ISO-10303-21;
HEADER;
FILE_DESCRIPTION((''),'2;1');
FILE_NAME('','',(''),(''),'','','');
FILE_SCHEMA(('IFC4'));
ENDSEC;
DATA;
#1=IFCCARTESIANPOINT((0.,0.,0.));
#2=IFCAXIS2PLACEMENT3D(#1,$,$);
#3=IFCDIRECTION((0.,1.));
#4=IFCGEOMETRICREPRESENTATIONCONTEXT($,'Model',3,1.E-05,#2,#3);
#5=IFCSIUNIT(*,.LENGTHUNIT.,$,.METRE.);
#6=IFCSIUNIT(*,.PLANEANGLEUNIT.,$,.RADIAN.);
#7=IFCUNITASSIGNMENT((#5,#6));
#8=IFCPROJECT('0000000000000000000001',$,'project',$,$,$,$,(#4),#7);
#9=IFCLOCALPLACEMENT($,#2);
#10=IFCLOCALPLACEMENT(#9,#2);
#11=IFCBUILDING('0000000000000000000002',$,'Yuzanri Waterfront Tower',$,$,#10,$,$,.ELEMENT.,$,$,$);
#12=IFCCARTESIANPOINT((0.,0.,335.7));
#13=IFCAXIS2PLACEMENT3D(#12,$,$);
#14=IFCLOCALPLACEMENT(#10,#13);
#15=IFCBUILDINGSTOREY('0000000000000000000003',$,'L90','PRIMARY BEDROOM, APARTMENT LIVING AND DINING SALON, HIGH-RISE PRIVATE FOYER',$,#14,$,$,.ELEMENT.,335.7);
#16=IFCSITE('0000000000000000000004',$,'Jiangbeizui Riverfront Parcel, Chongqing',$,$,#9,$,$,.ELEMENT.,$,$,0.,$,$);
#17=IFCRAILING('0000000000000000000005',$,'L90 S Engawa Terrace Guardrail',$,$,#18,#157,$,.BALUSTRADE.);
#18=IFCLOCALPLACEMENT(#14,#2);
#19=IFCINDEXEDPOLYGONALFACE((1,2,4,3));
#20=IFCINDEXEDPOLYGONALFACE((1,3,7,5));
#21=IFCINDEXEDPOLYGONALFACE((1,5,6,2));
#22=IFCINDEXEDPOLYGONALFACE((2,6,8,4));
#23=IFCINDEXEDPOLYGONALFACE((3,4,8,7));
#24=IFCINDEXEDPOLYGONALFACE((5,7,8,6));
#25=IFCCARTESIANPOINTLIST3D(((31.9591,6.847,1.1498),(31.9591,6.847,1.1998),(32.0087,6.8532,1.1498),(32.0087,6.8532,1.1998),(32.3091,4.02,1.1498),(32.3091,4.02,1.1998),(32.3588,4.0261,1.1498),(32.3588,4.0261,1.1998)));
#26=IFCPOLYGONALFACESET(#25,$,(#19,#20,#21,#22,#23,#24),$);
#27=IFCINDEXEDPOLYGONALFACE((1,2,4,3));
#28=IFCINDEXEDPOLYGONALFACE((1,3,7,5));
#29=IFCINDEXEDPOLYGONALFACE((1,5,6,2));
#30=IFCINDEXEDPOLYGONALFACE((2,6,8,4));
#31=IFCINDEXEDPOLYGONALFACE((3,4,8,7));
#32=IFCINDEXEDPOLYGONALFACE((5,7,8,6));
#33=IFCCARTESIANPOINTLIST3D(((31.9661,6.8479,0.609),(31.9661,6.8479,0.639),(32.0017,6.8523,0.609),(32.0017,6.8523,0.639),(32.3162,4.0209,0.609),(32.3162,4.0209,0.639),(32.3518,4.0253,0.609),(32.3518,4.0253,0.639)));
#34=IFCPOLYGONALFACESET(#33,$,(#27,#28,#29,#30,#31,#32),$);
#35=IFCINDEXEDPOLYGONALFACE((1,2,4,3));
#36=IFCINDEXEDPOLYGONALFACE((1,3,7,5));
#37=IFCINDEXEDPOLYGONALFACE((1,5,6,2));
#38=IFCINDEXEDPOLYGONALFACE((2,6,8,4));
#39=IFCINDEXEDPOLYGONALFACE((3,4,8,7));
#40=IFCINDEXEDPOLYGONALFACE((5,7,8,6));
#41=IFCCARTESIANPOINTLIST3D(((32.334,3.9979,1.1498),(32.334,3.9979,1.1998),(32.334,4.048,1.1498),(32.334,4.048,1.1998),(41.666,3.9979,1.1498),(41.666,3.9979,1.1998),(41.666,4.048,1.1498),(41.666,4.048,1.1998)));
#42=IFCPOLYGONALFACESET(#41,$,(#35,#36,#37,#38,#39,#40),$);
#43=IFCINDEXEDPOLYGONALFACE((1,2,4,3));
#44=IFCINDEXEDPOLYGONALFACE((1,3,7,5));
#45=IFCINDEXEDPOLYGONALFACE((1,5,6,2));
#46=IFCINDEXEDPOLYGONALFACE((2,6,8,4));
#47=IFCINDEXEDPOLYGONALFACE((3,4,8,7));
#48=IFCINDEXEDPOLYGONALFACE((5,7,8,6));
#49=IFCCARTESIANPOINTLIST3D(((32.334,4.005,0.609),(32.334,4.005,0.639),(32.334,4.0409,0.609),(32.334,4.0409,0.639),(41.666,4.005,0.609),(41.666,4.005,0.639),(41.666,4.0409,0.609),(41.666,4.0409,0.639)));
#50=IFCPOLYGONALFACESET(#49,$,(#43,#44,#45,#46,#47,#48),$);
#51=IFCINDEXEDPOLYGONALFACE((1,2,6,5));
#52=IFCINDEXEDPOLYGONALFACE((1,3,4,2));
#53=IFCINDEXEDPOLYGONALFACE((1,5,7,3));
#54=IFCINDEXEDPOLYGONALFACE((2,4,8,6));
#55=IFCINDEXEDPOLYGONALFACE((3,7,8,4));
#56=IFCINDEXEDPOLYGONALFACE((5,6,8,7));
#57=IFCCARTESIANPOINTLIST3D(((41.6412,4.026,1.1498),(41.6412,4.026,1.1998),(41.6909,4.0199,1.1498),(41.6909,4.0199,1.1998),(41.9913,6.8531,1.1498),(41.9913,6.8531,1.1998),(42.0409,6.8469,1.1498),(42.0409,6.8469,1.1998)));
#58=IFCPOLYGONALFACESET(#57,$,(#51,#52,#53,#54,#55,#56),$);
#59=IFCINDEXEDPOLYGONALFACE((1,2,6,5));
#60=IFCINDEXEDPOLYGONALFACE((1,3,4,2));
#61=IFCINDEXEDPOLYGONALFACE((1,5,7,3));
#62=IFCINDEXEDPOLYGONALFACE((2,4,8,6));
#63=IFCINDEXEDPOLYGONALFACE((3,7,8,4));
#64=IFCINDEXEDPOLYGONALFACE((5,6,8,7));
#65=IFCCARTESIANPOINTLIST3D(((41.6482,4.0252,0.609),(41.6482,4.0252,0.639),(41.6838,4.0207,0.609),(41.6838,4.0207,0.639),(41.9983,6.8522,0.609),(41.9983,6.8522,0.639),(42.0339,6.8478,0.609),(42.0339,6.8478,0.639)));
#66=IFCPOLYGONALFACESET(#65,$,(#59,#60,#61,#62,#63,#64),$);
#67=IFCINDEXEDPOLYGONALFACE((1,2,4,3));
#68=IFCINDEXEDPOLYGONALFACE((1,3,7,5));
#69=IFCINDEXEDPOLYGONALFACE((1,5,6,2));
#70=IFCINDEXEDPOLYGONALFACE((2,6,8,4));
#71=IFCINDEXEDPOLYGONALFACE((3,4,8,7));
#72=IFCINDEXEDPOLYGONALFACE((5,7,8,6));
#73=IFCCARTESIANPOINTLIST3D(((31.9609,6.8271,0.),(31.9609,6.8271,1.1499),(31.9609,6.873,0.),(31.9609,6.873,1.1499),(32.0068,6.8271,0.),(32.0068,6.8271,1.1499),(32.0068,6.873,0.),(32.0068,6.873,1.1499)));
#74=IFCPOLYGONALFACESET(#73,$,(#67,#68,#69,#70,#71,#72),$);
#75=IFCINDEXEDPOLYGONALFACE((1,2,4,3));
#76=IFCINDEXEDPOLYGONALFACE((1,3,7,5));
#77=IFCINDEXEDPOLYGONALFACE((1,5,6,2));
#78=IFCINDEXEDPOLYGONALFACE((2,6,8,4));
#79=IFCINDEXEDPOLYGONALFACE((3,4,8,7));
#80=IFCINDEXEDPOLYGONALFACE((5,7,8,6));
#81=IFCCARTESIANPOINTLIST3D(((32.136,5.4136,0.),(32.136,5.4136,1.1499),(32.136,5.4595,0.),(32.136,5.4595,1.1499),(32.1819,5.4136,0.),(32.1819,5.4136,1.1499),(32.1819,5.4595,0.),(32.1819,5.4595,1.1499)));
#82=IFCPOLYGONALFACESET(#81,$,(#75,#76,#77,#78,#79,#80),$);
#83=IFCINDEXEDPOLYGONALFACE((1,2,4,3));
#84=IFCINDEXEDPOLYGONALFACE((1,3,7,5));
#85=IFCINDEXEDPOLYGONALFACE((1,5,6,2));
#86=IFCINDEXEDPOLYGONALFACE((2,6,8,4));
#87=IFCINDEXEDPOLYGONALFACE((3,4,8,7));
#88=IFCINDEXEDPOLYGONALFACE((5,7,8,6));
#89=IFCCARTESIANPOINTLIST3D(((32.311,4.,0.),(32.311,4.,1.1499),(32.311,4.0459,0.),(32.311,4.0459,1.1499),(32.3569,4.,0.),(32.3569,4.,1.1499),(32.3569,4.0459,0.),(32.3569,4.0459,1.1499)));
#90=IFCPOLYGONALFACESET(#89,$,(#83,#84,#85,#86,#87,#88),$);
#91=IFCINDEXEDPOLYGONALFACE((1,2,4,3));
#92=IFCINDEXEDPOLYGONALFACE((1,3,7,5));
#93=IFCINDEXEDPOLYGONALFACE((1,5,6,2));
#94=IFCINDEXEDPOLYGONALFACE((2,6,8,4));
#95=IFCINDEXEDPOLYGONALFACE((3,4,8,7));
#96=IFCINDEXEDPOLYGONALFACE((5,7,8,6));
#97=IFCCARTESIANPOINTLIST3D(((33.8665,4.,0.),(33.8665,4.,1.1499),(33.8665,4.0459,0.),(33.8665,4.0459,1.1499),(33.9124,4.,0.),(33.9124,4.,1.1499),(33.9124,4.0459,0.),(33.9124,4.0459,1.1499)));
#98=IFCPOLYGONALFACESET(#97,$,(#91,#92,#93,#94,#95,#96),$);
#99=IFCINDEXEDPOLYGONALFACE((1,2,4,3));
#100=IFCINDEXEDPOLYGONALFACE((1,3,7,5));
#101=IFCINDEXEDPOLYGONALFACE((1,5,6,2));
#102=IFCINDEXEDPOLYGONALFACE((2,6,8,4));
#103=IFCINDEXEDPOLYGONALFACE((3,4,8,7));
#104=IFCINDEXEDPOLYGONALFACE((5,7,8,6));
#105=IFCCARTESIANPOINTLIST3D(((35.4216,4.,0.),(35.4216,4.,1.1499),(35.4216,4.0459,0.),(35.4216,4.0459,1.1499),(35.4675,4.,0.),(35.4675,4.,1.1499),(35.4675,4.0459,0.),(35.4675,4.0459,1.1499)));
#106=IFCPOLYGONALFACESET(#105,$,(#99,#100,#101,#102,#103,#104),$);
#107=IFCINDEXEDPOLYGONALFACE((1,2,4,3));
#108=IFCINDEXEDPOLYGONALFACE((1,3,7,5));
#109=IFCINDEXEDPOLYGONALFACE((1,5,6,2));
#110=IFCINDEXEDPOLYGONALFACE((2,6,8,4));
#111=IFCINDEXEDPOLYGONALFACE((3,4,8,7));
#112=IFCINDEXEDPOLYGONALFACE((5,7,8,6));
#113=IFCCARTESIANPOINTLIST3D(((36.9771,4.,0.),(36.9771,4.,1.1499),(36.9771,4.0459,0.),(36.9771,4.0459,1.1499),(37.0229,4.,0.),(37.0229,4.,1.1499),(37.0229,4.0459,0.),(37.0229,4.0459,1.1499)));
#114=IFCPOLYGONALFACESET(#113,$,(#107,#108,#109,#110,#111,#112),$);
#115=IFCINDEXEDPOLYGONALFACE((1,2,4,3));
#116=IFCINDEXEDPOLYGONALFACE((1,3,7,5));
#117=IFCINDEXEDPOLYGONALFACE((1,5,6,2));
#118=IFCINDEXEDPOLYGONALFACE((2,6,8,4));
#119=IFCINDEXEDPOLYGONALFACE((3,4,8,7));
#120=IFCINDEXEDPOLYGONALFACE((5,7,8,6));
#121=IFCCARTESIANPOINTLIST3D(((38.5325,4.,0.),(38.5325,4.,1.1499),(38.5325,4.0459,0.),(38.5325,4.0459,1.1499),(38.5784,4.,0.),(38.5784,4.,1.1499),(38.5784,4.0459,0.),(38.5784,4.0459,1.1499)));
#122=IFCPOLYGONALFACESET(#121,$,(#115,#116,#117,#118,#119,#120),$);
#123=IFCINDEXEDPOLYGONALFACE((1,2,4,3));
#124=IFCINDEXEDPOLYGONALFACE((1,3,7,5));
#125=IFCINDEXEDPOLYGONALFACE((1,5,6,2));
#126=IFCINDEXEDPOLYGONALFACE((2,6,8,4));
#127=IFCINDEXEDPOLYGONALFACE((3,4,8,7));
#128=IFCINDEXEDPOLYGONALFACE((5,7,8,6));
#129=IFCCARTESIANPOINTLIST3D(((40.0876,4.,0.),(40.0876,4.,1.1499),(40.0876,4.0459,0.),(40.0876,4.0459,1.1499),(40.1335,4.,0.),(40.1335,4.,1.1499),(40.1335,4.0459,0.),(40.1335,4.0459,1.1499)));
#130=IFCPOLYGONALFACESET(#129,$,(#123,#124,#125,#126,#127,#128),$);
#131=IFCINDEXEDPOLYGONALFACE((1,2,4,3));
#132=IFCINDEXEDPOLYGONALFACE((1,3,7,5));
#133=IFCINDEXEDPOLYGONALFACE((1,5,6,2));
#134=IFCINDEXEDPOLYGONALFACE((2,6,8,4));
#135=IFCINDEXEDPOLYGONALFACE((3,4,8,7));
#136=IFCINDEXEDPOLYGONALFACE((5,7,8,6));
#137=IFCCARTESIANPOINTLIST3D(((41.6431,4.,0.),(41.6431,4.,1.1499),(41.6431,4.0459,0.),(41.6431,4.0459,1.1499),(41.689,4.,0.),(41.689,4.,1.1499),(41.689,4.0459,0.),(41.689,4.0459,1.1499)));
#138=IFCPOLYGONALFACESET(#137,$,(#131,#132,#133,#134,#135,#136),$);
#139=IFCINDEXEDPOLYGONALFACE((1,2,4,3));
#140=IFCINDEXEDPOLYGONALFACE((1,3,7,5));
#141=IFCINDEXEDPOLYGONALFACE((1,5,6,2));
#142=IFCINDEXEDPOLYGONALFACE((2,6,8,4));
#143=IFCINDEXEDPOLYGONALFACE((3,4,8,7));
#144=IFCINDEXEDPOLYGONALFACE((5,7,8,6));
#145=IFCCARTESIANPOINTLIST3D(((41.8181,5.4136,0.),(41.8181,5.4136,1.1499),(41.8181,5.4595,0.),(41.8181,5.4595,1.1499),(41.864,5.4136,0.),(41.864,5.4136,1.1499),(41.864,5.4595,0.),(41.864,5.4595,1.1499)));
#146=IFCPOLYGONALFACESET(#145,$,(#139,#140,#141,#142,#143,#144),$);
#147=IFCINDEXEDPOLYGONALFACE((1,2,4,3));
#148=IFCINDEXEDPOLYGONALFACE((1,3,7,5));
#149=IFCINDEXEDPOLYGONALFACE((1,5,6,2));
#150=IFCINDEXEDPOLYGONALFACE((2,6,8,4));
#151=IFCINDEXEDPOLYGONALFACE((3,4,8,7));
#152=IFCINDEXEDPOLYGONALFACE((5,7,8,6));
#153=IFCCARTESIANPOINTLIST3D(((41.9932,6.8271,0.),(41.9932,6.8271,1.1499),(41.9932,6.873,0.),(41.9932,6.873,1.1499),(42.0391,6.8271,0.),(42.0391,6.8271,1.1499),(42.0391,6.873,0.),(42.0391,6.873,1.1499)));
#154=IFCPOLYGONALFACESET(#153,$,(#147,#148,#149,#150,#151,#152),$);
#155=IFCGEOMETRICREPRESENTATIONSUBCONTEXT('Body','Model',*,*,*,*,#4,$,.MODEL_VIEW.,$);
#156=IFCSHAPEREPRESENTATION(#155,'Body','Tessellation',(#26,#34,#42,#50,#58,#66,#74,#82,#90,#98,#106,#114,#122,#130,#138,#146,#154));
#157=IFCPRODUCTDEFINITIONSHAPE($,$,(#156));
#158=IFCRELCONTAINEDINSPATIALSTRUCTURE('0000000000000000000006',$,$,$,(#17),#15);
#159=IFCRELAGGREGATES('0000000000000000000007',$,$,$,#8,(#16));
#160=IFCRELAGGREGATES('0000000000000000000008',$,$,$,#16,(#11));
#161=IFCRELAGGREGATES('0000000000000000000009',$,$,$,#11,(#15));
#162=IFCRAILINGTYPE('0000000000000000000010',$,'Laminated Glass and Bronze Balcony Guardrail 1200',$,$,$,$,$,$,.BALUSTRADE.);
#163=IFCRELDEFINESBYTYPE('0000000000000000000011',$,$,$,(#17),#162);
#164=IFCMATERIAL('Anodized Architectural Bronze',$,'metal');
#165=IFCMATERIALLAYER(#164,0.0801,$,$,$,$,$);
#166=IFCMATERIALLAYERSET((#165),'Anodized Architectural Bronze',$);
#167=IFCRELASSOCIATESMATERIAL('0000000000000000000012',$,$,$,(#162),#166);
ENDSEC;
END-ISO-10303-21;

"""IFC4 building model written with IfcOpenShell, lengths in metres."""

from ifc_helpers import new_model, si_unit, direction, frame, origin, origin_2d, place, context, subcontext, project, spatial, rectangle, extrude, source, transform, mapped, material, layer, layer_set, type_object, element, save


model = new_model("IFC4")

# Units and contexts
model_context = context("Model", 3, precision=1e-05, world=origin(), true_north=direction((0.0, 1.0)))
body_context = subcontext(model_context, "Body", "Model", "MODEL_VIEW")
ifc_project = project(units=[si_unit("LENGTHUNIT", "METRE"), si_unit("PLANEANGLEUNIT", "RADIAN")], contexts=[model_context])

# Site, building, storey
site_placement = place(None, origin())
site = spatial("IfcSite", under=ifc_project, at=site_placement, Name="Jiangbeizui Riverfront Parcel, Chongqing", CompositionType="ELEMENT", RefElevation=0.0)
building_placement = place(site_placement, origin())
building = spatial("IfcBuilding", under=site, at=building_placement, Name="Yuzanri Waterfront Tower", CompositionType="ELEMENT")
storey_placement = place(building_placement, frame((0.0, 0.0, 335.7)))
storey = spatial("IfcBuildingStorey", under=building, at=storey_placement, Name="L90", Description="PRIMARY BEDROOM, APARTMENT LIVING AND DINING SALON, HIGH-RISE PRIVATE FOYER", CompositionType="ELEMENT", Elevation=335.7)

# Railing
ifc_material_1 = material(Name="Anodized Architectural Bronze", Category="metal")
ifc_layer_1 = layer(ifc_material_1, 0.0801)
ifc_layer_set_1 = layer_set([ifc_layer_1], Name="Anodized Architectural Bronze")
railing_type = type_object("IfcRailingType", Name="Laminated Glass and Bronze Balcony Guardrail 1200", PredefinedType="BALUSTRADE", material=ifc_layer_set_1)
shared_shape_1 = source(origin(), body_context, "Body", "SweptSolid", [
    extrude(rectangle(XDim=0.05, YDim=0.05, at=origin_2d()), frame((0.0, 0.0, 1.1748), z_axis=(0.122895, -0.99242, 0.0), x_axis=(0.99242, 0.122895, 0.0)), (0.0, 0.0, 1.0), 2.8486),
    extrude(rectangle(XDim=0.0359, YDim=0.03, at=origin_2d()), frame((0.0, 0.0, 0.624), z_axis=(0.122895, -0.99242, 0.0), x_axis=(0.99242, 0.122895, 0.0)), (0.0, 0.0, 1.0), 2.8486),
    extrude(rectangle(XDim=0.05, YDim=0.05, at=origin_2d()), frame((0.3501, -2.8271, 1.1748), z_axis=(1.0, 0.0, 0.0), x_axis=(0.0, 1.0, 0.0)), (0.0, 0.0, 1.0), 9.332),
    extrude(rectangle(XDim=0.0359, YDim=0.03, at=origin_2d()), frame((0.3501, -2.8271, 0.624), z_axis=(1.0, 0.0, 0.0), x_axis=(0.0, 1.0, 0.0)), (0.0, 0.0, 1.0), 9.332),
    extrude(rectangle(XDim=0.05, YDim=0.05, at=origin_2d()), frame((9.6821, -2.8271, 1.1748), z_axis=(0.122895, 0.99242, 0.0), x_axis=(-0.99242, 0.122895, 0.0)), (0.0, 0.0, 1.0), 2.8486),
    extrude(rectangle(XDim=0.0359, YDim=0.03, at=origin_2d()), frame((9.6821, -2.8271, 0.624), z_axis=(0.122895, 0.99242, 0.0), x_axis=(-0.99242, 0.122895, 0.0)), (0.0, 0.0, 1.0), 2.8486),
    extrude(rectangle(XDim=0.0459, YDim=0.0459, at=origin_2d()), origin(), (0.0, 0.0, 1.0), 1.1499),
    extrude(rectangle(XDim=0.0459, YDim=0.0459, at=origin_2d()), frame((0.175, -1.4136, 0.0)), (0.0, 0.0, 1.0), 1.1499),
    extrude(rectangle(XDim=0.0459, YDim=0.0459, at=origin_2d()), frame((0.3501, -2.8271, 0.0)), (0.0, 0.0, 1.0), 1.1499),
    extrude(rectangle(XDim=0.0459, YDim=0.0459, at=origin_2d()), frame((1.9055, -2.8271, 0.0)), (0.0, 0.0, 1.0), 1.1499),
    extrude(rectangle(XDim=0.0459, YDim=0.0459, at=origin_2d()), frame((3.4607, -2.8271, 0.0)), (0.0, 0.0, 1.0), 1.1499),
    extrude(rectangle(XDim=0.0459, YDim=0.0459, at=origin_2d()), frame((5.0161, -2.8271, 0.0)), (0.0, 0.0, 1.0), 1.1499),
    extrude(rectangle(XDim=0.0459, YDim=0.0459, at=origin_2d()), frame((6.5715, -2.8271, 0.0)), (0.0, 0.0, 1.0), 1.1499),
    extrude(rectangle(XDim=0.0459, YDim=0.0459, at=origin_2d()), frame((8.1267, -2.8271, 0.0)), (0.0, 0.0, 1.0), 1.1499),
    extrude(rectangle(XDim=0.0459, YDim=0.0459, at=origin_2d()), frame((9.6821, -2.8271, 0.0)), (0.0, 0.0, 1.0), 1.1499),
    extrude(rectangle(XDim=0.0459, YDim=0.0459, at=origin_2d()), frame((9.8572, -1.4136, 0.0)), (0.0, 0.0, 1.0), 1.1499),
    extrude(rectangle(XDim=0.0459, YDim=0.0459, at=origin_2d()), frame((10.0322, 0.0, 0.0)), (0.0, 0.0, 1.0), 1.1499),
])
railing_placement = place(storey_placement, frame((31.9839, 6.8501, 0.0)))
element("IfcRailing", 1, at=railing_placement, inside=storey, type_object=railing_type, Name="L90 S Engawa Terrace Guardrail", PredefinedType="BALUSTRADE", context=body_context, shape_type="MappedRepresentation", body=[
    mapped(shared_shape_1, transform((0.0, 0.0, 0.0), scale=1.0)),
])

save(model, "model.ifc")
